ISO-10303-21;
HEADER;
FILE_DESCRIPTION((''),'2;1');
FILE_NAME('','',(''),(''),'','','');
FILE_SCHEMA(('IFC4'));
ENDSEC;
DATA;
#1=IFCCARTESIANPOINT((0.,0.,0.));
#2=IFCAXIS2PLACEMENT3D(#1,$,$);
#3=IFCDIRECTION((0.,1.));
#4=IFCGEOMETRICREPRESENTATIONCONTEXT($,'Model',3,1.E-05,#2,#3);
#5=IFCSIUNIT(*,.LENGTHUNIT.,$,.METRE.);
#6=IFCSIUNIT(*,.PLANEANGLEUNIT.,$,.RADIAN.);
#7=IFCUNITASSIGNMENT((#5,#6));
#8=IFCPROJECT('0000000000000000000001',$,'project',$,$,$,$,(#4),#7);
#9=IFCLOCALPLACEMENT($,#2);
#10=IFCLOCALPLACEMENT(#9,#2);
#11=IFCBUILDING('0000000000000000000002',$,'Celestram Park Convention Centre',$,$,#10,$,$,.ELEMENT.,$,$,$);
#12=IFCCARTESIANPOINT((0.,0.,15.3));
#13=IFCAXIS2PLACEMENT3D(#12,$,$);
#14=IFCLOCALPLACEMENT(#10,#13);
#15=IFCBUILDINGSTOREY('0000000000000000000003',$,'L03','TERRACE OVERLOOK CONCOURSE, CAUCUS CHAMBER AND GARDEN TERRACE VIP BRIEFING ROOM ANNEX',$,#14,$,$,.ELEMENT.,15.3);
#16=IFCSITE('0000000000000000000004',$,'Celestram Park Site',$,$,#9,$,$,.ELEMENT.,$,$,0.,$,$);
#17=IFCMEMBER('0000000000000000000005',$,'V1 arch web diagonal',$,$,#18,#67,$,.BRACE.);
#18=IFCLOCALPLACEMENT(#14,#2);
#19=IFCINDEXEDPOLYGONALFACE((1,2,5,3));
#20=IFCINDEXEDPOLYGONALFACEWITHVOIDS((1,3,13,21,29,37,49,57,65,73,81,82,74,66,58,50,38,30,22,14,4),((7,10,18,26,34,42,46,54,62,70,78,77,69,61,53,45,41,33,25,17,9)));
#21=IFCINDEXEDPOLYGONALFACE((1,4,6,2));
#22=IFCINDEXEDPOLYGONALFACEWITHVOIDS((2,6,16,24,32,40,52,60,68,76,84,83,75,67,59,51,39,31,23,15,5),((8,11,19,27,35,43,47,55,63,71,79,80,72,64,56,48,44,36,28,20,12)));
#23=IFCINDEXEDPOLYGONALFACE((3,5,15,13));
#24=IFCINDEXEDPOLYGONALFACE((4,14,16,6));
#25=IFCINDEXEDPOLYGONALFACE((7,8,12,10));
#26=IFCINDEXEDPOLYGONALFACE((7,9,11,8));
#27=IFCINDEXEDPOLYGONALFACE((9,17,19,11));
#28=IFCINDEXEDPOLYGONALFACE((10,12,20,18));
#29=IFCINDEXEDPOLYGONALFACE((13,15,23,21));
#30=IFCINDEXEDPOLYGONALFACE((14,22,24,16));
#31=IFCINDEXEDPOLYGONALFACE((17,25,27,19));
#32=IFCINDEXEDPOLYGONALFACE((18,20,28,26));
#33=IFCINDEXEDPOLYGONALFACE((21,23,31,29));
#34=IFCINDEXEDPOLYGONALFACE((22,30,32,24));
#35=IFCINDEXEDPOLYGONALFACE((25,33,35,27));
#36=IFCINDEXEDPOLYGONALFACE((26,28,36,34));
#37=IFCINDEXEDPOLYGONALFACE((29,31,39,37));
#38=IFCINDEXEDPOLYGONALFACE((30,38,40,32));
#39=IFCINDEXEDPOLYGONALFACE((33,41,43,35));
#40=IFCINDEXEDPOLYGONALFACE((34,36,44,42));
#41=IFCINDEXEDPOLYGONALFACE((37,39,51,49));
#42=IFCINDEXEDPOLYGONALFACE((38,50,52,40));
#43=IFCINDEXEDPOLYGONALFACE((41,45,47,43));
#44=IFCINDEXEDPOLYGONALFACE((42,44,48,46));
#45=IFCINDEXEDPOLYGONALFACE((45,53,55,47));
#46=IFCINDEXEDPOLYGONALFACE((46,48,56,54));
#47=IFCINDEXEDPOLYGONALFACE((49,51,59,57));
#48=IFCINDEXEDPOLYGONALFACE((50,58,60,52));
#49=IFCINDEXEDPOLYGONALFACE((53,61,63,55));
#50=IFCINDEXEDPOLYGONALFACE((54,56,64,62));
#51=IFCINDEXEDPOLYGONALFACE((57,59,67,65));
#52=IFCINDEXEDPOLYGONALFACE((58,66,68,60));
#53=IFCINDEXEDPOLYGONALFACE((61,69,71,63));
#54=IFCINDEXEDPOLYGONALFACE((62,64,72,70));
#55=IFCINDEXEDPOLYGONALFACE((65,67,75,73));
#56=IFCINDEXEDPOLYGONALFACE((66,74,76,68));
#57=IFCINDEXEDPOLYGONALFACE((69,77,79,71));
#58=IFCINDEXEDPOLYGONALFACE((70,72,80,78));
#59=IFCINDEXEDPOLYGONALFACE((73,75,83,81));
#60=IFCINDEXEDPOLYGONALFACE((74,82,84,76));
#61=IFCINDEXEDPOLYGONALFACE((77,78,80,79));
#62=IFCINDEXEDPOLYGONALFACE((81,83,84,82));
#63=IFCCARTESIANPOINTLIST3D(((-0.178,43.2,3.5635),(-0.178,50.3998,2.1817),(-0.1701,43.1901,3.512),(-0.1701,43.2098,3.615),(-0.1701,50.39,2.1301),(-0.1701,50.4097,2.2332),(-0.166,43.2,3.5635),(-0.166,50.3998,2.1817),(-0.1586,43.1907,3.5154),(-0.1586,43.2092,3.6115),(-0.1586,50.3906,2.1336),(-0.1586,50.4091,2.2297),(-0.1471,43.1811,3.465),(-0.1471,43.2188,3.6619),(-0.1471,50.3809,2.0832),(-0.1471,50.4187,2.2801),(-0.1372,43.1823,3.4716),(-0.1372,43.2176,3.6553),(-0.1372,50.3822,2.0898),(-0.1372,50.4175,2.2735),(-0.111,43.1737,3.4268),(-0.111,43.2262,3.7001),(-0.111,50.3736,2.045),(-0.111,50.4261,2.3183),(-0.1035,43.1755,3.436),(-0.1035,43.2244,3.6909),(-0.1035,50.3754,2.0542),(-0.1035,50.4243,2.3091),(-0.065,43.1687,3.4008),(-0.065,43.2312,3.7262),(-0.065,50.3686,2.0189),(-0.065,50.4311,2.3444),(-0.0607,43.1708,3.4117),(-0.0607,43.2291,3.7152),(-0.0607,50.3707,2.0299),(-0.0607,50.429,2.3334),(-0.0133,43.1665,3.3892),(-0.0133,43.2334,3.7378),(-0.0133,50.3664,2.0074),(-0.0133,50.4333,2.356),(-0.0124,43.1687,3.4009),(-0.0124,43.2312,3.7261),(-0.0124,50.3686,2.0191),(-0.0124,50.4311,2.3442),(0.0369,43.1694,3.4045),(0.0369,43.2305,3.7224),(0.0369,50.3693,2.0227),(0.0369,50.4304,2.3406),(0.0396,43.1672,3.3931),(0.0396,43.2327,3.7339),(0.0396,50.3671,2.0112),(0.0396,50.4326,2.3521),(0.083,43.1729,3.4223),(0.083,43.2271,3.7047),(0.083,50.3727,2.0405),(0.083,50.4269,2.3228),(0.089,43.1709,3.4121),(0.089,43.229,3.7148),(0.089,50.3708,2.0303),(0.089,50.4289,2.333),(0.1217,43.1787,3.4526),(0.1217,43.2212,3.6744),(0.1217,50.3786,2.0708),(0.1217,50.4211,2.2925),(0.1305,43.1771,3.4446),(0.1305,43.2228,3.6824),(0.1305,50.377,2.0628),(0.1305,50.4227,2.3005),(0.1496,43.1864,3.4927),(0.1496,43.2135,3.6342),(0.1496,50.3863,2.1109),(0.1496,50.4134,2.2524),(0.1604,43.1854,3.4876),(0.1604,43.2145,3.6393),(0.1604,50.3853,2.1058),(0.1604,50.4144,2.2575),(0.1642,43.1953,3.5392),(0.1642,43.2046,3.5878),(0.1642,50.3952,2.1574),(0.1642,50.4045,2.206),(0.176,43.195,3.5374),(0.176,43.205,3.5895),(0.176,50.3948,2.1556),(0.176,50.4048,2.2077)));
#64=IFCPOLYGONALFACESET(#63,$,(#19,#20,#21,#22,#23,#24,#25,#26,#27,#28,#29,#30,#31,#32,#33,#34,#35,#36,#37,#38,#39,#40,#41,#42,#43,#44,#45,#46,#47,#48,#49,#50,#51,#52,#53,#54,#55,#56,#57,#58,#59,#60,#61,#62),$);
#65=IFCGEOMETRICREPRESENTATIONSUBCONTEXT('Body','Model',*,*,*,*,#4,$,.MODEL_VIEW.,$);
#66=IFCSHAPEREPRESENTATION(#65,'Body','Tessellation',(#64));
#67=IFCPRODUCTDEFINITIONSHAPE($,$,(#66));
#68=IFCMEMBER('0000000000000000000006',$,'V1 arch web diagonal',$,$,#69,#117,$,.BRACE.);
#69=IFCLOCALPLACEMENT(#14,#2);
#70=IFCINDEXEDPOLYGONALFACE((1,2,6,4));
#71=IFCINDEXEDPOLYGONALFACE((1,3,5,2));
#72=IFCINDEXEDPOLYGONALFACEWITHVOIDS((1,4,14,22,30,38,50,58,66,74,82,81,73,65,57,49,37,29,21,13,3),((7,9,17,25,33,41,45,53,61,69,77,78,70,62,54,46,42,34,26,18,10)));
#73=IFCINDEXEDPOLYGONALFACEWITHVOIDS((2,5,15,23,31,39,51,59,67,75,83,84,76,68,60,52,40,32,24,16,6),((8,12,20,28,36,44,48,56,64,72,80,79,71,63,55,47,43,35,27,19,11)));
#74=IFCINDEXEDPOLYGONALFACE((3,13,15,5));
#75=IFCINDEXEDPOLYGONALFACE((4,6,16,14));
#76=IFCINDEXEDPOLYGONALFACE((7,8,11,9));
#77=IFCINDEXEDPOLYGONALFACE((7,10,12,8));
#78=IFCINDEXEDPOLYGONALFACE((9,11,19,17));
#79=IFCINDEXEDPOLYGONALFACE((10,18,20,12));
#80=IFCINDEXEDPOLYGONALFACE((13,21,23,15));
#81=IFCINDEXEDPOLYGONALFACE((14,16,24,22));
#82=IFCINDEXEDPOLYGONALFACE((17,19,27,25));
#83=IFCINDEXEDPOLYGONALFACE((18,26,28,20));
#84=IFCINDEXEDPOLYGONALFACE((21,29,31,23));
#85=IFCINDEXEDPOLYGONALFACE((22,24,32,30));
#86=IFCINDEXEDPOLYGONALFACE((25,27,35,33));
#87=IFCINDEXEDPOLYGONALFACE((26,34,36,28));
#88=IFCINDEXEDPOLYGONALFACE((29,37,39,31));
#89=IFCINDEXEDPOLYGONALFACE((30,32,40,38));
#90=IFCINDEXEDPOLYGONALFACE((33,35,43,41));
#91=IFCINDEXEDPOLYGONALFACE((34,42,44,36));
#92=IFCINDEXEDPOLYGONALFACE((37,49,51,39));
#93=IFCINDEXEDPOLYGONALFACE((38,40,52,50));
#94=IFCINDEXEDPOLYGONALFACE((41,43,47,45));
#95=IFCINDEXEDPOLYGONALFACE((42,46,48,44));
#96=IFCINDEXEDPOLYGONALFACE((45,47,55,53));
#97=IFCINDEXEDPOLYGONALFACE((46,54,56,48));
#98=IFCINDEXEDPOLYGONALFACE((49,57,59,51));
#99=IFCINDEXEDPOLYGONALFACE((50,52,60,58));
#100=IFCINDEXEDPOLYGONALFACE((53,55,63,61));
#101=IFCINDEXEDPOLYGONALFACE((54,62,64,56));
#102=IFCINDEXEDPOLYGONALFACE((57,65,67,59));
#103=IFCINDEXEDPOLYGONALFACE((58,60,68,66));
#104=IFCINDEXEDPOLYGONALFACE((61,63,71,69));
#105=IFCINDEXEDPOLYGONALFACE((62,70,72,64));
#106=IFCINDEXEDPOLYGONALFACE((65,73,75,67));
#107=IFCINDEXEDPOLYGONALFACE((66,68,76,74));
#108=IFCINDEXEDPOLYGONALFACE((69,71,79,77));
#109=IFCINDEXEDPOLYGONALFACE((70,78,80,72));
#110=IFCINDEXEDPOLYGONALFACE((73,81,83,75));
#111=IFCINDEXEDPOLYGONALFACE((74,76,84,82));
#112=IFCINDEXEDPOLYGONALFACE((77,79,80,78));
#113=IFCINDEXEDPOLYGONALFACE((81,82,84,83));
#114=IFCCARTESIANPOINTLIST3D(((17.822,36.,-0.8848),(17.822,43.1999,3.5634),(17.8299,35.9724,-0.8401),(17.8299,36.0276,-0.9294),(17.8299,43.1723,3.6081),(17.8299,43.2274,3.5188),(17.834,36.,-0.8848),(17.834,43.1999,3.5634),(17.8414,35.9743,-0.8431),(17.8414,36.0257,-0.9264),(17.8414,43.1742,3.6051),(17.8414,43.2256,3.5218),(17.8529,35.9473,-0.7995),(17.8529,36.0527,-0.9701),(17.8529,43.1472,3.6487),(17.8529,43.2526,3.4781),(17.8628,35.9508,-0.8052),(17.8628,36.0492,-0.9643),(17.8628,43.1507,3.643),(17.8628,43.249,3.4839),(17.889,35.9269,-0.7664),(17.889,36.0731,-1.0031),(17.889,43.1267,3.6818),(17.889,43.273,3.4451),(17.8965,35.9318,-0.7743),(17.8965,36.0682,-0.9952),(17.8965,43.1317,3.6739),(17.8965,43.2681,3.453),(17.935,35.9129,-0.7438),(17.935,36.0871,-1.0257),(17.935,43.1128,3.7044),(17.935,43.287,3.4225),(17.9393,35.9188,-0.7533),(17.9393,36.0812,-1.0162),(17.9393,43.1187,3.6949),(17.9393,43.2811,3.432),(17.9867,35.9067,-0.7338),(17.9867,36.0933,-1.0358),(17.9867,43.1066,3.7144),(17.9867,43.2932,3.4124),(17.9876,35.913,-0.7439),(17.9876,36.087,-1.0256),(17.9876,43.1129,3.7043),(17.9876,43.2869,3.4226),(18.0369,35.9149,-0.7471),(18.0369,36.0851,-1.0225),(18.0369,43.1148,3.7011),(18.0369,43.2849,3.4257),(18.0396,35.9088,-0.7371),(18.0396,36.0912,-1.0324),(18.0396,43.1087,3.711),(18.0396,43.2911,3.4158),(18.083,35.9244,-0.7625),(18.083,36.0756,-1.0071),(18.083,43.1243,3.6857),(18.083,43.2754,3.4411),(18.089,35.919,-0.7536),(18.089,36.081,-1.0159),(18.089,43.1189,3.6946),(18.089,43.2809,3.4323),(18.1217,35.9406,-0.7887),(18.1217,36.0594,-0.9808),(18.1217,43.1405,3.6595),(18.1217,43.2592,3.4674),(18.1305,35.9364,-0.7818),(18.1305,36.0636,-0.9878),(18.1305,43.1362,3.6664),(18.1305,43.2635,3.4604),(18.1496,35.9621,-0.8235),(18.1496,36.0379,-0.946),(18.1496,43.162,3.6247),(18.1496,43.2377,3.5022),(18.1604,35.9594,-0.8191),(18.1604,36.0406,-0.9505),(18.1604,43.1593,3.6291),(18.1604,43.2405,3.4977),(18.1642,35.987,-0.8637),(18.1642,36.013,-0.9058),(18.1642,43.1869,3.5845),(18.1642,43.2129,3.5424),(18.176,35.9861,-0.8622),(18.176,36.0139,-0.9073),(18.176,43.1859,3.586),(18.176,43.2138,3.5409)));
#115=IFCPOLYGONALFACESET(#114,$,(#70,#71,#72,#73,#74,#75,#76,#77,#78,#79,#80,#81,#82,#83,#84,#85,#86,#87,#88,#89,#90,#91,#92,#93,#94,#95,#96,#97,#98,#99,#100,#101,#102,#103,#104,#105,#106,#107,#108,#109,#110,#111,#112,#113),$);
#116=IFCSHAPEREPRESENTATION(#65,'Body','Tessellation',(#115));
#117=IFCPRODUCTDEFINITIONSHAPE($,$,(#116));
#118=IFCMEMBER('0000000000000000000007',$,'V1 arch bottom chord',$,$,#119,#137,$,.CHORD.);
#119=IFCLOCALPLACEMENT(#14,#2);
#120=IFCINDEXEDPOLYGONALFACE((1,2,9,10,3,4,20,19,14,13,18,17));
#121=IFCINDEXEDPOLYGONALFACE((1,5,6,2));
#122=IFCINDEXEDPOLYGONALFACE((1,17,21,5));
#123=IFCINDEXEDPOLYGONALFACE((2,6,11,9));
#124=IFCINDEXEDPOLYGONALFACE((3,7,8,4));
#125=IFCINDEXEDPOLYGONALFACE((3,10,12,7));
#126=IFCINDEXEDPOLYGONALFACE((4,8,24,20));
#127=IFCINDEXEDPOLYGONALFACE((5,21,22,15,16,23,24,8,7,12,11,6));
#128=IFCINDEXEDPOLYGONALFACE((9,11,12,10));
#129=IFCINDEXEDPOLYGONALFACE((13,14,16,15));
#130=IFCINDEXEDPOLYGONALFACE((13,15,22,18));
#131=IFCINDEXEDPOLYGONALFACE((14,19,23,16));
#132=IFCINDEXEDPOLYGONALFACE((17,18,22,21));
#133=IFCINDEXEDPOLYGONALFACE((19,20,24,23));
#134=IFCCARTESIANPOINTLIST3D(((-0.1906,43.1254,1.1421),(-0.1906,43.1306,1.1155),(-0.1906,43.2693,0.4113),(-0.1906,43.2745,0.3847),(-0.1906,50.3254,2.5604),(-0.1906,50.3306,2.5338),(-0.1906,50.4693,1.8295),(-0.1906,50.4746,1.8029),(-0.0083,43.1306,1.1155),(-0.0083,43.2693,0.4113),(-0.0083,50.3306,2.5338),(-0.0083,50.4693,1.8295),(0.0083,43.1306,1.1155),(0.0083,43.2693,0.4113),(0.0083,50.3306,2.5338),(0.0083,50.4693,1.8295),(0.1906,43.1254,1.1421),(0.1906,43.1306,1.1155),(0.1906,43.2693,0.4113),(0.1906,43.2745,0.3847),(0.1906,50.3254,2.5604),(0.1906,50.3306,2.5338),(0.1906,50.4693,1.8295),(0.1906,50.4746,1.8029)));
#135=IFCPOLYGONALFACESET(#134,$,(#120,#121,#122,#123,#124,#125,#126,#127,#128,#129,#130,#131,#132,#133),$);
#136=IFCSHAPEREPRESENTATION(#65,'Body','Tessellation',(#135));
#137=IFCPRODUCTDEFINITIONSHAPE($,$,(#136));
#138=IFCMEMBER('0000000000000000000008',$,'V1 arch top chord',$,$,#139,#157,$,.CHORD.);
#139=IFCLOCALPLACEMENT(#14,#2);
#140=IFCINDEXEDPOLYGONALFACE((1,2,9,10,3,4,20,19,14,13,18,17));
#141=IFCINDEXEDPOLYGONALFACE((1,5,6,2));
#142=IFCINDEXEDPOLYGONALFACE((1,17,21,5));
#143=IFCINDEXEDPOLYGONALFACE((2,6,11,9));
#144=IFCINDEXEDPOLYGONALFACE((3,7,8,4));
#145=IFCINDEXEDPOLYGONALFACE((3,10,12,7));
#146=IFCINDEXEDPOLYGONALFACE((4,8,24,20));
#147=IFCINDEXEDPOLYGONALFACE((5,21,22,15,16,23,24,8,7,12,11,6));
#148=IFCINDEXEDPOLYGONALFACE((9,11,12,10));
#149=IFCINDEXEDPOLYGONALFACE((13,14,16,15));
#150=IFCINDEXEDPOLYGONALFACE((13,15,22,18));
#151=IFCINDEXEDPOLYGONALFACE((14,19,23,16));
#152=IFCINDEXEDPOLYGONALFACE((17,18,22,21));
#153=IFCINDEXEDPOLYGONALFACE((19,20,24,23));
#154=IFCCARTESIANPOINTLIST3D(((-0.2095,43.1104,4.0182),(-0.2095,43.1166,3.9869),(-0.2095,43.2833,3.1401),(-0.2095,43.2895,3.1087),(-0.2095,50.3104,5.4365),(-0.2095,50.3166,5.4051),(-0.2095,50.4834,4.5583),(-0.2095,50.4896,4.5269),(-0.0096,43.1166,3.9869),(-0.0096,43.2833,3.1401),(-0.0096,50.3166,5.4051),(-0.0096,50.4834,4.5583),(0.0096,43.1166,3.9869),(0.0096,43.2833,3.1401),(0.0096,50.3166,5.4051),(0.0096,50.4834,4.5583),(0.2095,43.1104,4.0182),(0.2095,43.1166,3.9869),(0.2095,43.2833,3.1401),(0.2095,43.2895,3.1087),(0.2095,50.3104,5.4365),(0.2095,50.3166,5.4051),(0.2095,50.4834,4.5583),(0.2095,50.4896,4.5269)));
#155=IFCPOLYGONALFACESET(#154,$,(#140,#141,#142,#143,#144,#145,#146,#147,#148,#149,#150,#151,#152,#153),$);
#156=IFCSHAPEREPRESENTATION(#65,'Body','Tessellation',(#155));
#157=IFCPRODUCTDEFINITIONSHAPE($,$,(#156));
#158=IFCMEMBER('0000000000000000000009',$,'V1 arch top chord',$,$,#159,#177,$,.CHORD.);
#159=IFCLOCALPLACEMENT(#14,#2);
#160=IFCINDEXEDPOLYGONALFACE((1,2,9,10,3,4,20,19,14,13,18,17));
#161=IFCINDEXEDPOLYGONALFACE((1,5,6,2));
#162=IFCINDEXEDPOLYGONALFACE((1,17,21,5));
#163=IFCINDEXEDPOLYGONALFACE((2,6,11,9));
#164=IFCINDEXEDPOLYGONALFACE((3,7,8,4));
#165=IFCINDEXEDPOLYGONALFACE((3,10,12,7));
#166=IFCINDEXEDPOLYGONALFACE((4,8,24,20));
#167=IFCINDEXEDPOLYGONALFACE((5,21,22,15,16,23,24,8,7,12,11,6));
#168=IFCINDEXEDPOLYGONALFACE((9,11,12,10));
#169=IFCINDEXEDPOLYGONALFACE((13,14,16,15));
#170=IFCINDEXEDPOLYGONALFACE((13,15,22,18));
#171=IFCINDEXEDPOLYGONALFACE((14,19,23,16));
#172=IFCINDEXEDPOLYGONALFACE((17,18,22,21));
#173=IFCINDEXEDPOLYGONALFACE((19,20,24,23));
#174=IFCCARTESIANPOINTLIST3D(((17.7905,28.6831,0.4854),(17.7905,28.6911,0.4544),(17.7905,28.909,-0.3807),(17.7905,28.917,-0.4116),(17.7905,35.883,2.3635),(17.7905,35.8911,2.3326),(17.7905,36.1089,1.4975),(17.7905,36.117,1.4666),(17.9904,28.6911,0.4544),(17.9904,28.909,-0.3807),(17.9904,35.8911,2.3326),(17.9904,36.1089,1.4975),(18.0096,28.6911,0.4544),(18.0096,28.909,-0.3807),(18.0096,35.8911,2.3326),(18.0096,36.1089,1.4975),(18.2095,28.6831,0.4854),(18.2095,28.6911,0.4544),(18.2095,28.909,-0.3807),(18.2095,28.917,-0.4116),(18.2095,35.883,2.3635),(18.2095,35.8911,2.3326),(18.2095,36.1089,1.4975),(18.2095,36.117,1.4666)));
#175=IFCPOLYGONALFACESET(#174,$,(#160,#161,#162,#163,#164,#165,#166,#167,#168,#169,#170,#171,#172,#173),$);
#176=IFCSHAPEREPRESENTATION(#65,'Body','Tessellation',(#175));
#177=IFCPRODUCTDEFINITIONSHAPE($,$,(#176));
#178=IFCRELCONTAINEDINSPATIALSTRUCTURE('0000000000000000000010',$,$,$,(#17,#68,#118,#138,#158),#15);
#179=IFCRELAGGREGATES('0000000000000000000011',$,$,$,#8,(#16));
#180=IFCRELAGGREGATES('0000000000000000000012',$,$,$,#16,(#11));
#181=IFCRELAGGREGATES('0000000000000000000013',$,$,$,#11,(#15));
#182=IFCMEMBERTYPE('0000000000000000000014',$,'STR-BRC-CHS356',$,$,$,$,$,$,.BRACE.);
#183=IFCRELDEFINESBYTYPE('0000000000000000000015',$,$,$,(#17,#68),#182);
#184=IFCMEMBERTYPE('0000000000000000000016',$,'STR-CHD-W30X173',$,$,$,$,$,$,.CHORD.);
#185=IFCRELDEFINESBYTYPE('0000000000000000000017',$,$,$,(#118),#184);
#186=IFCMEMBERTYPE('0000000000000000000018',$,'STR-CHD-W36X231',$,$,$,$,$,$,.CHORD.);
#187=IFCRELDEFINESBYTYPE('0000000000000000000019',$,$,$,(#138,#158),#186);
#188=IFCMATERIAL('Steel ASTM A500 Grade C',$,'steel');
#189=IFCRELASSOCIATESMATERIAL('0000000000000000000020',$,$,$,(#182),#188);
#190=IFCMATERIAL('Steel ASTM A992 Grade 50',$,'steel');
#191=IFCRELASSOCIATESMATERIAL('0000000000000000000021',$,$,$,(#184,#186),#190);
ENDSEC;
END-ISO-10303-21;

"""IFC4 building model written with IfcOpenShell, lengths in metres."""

from ifc_helpers import new_model, si_unit, direction, frame, origin, origin_2d, place, context, subcontext, project, spatial, hollow_circle, i_section, extrude, material, material_profile, profile_set, type_object, element, save


model = new_model("IFC4")

# Units and contexts
model_context = context("Model", 3, precision=1e-05, world=origin(), true_north=direction((0.0, 1.0)))
body_context = subcontext(model_context, "Body", "Model", "MODEL_VIEW")
ifc_project = project(units=[si_unit("LENGTHUNIT", "METRE"), si_unit("PLANEANGLEUNIT", "RADIAN")], contexts=[model_context])

# Site, building, storey
site_placement = place(None, origin())
site = spatial("IfcSite", under=ifc_project, at=site_placement, Name="Celestram Park Site", CompositionType="ELEMENT", RefElevation=0.0)
building_placement = place(site_placement, origin())
building = spatial("IfcBuilding", under=site, at=building_placement, Name="Celestram Park Convention Centre", CompositionType="ELEMENT")
storey_placement = place(building_placement, frame((0.0, 0.0, 15.3)))
storey = spatial("IfcBuildingStorey", under=building, at=storey_placement, Name="L03", Description="TERRACE OVERLOOK CONCOURSE, CAUCUS CHAMBER AND GARDEN TERRACE VIP BRIEFING ROOM ANNEX", CompositionType="ELEMENT", Elevation=15.3)

# Members
ifc_material_1 = material(Name="Steel ASTM A500 Grade C", Category="steel")
ifc_material_profile_1 = material_profile(ifc_material_1, hollow_circle(Radius=0.178, WallThickness=0.012, at=origin_2d()), Name="CHS356X12")
ifc_profile_set_1 = profile_set([ifc_material_profile_1], Name="Steel ASTM A500 Grade C")
member_type_1 = type_object("IfcMemberType", Name="STR-BRC-CHS356", PredefinedType="BRACE", material=ifc_profile_set_1)
member_1_placement = place(storey_placement, frame((0.0, 43.2, 3.5635), z_axis=(0.0, 0.982076, -0.188483), x_axis=(-1.0, 0.0, 0.0)))
element("IfcMember", 1, at=member_1_placement, inside=storey, type_object=member_type_1, Name="V1 arch web diagonal", PredefinedType="BRACE", context=body_context, shape_type="SweptSolid", body=[
    extrude(hollow_circle(Radius=0.178, WallThickness=0.012, at=origin_2d()), origin(), (0.0, 0.0, 1.0), 7.3313),
])
member_2_placement = place(storey_placement, frame((18.0, 36.0, -0.8848), z_axis=(0.0, 0.850734, 0.525597), x_axis=(-1.0, 0.0, 0.0)))
element("IfcMember", 2, at=member_2_placement, inside=storey, type_object=member_type_1, Name="V1 arch web diagonal", PredefinedType="BRACE", context=body_context, shape_type="SweptSolid", body=[
    extrude(hollow_circle(Radius=0.178, WallThickness=0.012, at=origin_2d()), origin(), (0.0, 0.0, 1.0), 8.4631),
])
ifc_material_2 = material(Name="Steel ASTM A992 Grade 50", Category="steel")
ifc_material_profile_2 = material_profile(ifc_material_2, i_section(OverallWidth=0.3811, OverallDepth=0.772, WebThickness=0.0166, FlangeThickness=0.0271, at=origin_2d()), Name="W30X173")
ifc_profile_set_2 = profile_set([ifc_material_profile_2], Name="Steel ASTM A992 Grade 50")
member_type_2 = type_object("IfcMemberType", Name="STR-CHD-W30X173", PredefinedType="CHORD", material=ifc_profile_set_2)
member_3_placement = place(storey_placement, frame((0.0, 43.2, 0.7634), z_axis=(0.0, 0.981147, 0.193262), x_axis=(-1.0, 0.0, 0.0)))
element("IfcMember", 3, at=member_3_placement, inside=storey, type_object=member_type_2, Name="V1 arch bottom chord", PredefinedType="CHORD", context=body_context, shape_type="SweptSolid", body=[
    extrude(i_section(OverallWidth=0.3811, OverallDepth=0.772, WebThickness=0.0166, FlangeThickness=0.0271, at=origin_2d()), origin(), (0.0, 0.0, 1.0), 7.3384),
])
ifc_material_profile_3 = material_profile(ifc_material_2, i_section(OverallWidth=0.4189, OverallDepth=0.927, WebThickness=0.0193, FlangeThickness=0.032, at=origin_2d()), Name="W36X231")
ifc_profile_set_3 = profile_set([ifc_material_profile_3], Name="Steel ASTM A992 Grade 50")
member_type_3 = type_object("IfcMemberType", Name="STR-CHD-W36X231", PredefinedType="CHORD", material=ifc_profile_set_3)
member_4_placement = place(storey_placement, frame((0.0, 43.2, 3.5635), z_axis=(0.0, 0.981147, 0.193262), x_axis=(-1.0, 0.0, 0.0)))
element("IfcMember", 4, at=member_4_placement, inside=storey, type_object=member_type_3, Name="V1 arch top chord", PredefinedType="CHORD", context=body_context, shape_type="SweptSolid", body=[
    extrude(i_section(OverallWidth=0.4189, OverallDepth=0.927, WebThickness=0.0193, FlangeThickness=0.032, at=origin_2d()), origin(), (0.0, 0.0, 1.0), 7.3384),
])
member_5_placement = place(storey_placement, frame((18.0, 28.8, 0.0369), z_axis=(0.0, 0.96762, 0.252413), x_axis=(-1.0, 0.0, 0.0)))
element("IfcMember", 5, at=member_5_placement, inside=storey, type_object=member_type_3, Name="V1 arch top chord", PredefinedType="CHORD", context=body_context, shape_type="SweptSolid", body=[
    extrude(i_section(OverallWidth=0.4189, OverallDepth=0.927, WebThickness=0.0193, FlangeThickness=0.032, at=origin_2d()), origin(), (0.0, 0.0, 1.0), 7.4409),
])

save(model, "model.ifc")
